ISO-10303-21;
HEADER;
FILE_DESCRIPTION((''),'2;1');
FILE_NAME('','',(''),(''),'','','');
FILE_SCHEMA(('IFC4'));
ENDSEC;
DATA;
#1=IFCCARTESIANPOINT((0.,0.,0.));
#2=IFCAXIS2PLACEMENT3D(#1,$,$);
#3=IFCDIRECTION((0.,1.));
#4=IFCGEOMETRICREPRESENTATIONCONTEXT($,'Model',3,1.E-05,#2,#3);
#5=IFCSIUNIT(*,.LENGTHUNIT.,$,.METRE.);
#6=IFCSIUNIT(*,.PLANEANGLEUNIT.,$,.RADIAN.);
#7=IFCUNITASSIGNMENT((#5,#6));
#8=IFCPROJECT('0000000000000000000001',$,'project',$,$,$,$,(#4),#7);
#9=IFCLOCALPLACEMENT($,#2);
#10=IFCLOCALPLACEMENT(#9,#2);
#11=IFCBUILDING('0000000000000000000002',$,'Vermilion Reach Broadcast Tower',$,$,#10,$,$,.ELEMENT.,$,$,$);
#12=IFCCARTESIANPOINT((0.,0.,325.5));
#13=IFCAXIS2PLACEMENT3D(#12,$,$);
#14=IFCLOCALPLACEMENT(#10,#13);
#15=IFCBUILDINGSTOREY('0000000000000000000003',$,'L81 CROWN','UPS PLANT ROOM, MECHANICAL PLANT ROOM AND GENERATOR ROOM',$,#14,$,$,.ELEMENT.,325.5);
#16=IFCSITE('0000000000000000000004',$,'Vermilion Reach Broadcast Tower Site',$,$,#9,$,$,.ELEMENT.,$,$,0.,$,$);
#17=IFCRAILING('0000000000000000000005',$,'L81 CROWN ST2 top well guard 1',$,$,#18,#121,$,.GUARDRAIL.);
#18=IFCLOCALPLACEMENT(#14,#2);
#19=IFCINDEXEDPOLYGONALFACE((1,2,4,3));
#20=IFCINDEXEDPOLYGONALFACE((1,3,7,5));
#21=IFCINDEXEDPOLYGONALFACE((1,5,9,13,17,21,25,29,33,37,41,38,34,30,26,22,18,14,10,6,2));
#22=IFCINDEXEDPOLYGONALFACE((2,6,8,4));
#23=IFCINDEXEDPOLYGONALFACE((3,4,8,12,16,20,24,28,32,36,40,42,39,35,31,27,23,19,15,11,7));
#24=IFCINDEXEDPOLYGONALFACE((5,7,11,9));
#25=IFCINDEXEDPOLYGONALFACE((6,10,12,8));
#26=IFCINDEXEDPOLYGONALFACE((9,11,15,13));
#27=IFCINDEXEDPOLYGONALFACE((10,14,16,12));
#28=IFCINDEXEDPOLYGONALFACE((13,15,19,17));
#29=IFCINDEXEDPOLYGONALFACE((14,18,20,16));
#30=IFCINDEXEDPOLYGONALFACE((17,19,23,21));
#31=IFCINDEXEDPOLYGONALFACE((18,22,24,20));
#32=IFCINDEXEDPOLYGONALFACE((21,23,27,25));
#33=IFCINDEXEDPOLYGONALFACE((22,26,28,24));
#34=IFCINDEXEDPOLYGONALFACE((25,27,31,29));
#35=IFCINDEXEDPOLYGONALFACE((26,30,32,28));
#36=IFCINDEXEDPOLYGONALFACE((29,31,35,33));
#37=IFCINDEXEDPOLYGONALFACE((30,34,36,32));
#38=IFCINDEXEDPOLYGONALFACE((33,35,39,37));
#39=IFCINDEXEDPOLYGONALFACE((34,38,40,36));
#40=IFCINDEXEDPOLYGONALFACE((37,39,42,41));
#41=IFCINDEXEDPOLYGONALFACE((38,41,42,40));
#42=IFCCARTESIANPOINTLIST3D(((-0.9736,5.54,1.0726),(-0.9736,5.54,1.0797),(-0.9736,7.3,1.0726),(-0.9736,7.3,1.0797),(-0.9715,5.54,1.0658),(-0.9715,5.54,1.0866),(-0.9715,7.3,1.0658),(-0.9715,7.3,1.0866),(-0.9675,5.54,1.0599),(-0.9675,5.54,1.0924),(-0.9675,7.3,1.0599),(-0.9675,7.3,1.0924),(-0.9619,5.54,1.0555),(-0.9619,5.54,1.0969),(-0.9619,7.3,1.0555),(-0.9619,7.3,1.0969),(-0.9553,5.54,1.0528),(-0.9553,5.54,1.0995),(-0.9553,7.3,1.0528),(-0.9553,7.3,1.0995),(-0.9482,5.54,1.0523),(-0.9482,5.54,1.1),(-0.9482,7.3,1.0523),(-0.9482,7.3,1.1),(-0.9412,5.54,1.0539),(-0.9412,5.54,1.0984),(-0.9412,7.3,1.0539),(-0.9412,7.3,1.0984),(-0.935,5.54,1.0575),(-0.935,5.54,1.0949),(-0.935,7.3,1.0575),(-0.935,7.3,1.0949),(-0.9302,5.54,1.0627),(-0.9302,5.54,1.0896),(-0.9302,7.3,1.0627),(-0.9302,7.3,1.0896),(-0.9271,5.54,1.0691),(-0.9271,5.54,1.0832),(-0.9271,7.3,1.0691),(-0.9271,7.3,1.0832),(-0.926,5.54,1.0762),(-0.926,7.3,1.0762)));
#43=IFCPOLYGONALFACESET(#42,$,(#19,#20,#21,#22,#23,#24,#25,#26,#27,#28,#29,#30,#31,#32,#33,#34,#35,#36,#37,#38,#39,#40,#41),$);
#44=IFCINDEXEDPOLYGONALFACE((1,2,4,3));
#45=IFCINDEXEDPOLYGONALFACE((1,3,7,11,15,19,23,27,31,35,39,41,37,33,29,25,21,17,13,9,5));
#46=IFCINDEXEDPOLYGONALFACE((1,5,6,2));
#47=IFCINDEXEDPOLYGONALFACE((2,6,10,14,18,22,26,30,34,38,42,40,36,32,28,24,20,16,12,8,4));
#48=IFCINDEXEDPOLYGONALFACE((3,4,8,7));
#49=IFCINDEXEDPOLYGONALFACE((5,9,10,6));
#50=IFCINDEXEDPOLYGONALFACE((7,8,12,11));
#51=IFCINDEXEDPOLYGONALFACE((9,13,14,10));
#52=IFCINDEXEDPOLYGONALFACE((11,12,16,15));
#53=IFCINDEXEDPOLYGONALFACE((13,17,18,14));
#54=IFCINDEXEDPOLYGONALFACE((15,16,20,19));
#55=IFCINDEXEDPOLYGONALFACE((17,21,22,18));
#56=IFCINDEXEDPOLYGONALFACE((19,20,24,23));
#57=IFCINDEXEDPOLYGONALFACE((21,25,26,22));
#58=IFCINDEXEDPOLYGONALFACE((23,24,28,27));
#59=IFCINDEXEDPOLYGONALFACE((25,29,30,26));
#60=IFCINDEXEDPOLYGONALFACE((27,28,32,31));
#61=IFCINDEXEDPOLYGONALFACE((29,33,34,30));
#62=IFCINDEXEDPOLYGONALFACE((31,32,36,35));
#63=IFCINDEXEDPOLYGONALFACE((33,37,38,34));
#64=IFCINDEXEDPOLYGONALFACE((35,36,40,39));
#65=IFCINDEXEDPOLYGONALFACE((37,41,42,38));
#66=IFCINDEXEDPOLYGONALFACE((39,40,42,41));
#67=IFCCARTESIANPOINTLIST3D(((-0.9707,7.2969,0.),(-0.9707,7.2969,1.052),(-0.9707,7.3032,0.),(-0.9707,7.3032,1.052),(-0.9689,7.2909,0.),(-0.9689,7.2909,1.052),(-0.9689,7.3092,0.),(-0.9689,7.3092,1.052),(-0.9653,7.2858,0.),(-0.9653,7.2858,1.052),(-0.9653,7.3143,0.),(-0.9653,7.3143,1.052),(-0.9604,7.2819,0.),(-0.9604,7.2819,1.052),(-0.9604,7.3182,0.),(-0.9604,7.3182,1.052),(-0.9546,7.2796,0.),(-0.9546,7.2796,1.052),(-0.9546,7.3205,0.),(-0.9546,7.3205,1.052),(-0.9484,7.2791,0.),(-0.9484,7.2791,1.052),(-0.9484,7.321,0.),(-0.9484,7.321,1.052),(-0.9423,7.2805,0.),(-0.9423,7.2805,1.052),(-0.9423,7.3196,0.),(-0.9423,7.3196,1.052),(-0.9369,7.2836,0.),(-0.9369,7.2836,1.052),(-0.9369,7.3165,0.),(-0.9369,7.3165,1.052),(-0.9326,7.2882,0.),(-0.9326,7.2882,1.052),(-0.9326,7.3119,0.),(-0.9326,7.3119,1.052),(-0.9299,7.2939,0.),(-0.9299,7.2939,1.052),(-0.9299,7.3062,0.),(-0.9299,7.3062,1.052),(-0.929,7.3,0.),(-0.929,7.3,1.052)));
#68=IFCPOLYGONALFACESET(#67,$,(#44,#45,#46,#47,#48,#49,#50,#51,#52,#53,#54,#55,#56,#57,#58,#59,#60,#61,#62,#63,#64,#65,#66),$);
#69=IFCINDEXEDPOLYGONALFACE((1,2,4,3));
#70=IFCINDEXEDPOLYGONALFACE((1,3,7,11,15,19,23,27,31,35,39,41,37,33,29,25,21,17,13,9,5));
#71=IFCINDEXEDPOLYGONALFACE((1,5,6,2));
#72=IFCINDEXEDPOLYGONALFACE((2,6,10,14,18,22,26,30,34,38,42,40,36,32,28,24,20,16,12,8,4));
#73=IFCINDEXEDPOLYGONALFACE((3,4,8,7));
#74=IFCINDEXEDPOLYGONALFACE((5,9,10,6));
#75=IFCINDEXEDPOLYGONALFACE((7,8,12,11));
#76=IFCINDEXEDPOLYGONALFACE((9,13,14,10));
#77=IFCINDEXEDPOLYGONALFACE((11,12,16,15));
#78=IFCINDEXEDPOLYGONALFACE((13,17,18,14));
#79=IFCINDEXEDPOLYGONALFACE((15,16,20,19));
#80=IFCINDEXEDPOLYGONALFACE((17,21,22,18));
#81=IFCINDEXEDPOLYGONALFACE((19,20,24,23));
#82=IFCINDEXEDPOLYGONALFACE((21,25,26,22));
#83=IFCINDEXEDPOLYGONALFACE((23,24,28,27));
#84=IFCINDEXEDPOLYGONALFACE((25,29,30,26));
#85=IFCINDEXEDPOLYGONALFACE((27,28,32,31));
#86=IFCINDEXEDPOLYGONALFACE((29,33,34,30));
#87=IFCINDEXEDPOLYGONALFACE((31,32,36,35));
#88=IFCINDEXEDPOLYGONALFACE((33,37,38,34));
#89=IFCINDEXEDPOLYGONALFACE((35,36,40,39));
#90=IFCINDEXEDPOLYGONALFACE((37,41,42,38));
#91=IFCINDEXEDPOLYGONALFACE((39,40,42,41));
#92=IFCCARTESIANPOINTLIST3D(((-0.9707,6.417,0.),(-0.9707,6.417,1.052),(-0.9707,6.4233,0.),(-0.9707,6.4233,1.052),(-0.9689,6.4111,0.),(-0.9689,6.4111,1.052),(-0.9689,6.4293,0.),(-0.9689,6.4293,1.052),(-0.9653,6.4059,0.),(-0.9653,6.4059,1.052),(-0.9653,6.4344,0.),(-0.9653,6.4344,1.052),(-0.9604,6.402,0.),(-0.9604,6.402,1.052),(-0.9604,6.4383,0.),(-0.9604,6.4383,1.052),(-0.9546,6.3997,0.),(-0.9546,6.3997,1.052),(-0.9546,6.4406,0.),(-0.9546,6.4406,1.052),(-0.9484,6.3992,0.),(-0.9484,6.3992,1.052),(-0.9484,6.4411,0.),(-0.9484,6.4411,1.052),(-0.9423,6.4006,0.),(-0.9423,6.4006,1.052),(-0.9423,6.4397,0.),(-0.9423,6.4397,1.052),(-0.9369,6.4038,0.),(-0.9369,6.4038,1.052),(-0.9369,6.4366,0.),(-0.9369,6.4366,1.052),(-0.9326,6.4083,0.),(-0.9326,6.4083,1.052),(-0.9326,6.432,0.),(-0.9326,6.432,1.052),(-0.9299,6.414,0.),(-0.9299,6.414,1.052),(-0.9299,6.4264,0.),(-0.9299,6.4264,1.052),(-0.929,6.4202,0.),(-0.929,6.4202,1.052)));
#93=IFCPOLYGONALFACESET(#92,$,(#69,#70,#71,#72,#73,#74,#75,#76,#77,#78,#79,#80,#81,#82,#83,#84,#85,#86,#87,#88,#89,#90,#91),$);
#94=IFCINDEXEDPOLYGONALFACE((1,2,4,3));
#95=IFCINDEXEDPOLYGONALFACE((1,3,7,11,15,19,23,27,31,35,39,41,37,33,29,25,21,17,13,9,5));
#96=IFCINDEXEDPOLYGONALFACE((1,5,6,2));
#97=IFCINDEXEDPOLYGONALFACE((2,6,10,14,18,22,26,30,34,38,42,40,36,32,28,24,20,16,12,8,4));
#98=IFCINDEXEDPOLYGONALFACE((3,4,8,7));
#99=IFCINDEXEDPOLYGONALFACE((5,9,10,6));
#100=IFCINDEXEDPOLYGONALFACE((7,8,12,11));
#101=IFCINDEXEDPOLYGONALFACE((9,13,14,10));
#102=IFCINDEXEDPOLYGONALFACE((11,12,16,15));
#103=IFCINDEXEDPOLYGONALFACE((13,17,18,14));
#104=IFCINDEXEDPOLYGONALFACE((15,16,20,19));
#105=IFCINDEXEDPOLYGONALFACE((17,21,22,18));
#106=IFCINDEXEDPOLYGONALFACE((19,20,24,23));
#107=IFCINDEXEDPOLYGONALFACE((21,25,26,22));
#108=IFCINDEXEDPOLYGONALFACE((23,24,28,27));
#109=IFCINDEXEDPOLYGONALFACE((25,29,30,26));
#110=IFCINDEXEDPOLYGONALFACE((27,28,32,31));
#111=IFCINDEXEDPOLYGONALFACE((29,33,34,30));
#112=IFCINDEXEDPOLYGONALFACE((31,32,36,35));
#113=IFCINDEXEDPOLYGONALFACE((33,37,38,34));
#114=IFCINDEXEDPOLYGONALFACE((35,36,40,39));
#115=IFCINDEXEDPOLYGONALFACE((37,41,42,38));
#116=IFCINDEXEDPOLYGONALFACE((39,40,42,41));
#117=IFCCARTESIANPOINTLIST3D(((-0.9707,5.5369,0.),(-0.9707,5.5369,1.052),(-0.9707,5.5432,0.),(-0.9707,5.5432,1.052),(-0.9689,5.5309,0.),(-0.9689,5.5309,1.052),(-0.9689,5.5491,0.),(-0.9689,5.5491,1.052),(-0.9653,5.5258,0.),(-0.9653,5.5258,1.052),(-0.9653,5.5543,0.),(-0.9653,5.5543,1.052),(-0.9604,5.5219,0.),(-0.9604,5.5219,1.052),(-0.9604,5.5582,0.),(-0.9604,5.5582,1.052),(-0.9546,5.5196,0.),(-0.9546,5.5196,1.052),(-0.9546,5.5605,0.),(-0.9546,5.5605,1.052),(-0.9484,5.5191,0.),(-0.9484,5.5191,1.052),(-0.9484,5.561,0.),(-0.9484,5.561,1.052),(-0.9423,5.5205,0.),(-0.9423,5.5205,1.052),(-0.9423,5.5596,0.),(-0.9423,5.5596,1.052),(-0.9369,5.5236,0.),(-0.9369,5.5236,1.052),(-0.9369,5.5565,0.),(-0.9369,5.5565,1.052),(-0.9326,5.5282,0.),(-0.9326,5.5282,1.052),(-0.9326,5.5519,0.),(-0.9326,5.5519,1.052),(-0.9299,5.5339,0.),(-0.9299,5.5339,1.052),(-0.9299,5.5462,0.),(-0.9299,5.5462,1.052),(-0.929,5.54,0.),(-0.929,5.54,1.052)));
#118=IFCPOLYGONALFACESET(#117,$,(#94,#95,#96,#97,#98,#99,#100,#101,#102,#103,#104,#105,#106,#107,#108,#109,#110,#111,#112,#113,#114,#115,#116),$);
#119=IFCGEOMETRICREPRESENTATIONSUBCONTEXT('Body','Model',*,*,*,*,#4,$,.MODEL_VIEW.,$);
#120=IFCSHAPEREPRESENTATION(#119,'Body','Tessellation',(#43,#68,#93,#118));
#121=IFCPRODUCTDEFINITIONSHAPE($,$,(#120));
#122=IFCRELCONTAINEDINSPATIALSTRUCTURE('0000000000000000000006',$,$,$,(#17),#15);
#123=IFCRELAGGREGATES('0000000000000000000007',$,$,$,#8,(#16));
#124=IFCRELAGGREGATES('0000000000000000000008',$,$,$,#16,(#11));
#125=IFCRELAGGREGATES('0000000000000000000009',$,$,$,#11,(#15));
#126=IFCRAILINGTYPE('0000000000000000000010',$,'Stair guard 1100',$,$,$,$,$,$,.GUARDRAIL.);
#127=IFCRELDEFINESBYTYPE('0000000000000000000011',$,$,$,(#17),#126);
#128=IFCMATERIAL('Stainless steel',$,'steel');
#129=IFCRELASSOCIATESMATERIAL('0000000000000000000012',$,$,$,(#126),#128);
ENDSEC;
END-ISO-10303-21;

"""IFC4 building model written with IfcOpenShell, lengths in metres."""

from ifc_helpers import new_model, si_unit, direction, frame, origin, origin_2d, place, context, subcontext, project, spatial, circle, extrude, material, type_object, element, save


model = new_model("IFC4")

# Units and contexts
model_context = context("Model", 3, precision=1e-05, world=origin(), true_north=direction((0.0, 1.0)))
body_context = subcontext(model_context, "Body", "Model", "MODEL_VIEW")
ifc_project = project(units=[si_unit("LENGTHUNIT", "METRE"), si_unit("PLANEANGLEUNIT", "RADIAN")], contexts=[model_context])

# Site, building, storey
site_placement = place(None, origin())
site = spatial("IfcSite", under=ifc_project, at=site_placement, Name="Vermilion Reach Broadcast Tower Site", CompositionType="ELEMENT", RefElevation=0.0)
building_placement = place(site_placement, origin())
building = spatial("IfcBuilding", under=site, at=building_placement, Name="Vermilion Reach Broadcast Tower", CompositionType="ELEMENT")
storey_placement = place(building_placement, frame((0.0, 0.0, 325.5)))
storey = spatial("IfcBuildingStorey", under=building, at=storey_placement, Name="L81 CROWN", Description="UPS PLANT ROOM, MECHANICAL PLANT ROOM AND GENERATOR ROOM", CompositionType="ELEMENT", Elevation=325.5)

# Railing
ifc_material_1 = material(Name="Stainless steel", Category="steel")
railing_type_1 = type_object("IfcRailingType", Name="Stair guard 1100", PredefinedType="GUARDRAIL", material=ifc_material_1)
railing_placement = place(storey_placement, frame((-0.95, 7.3, 0.0)))
element("IfcRailing", 1, at=railing_placement, inside=storey, type_object=railing_type_1, Name="L81 CROWN ST2 top well guard 1", PredefinedType="GUARDRAIL", context=body_context, shape_type="SweptSolid", body=[
    extrude(circle(Radius=0.0239, at=origin_2d()), frame((0.0, 0.0, 1.0762), z_axis=(0.0, -1.0, 0.0), x_axis=(1.0, 0.0, 0.0)), (0.0, 0.0, 1.0), 1.76),
    extrude(circle(Radius=0.021, at=origin_2d()), origin(), (0.0, 0.0, 1.0), 1.052),
    extrude(circle(Radius=0.021, at=origin_2d()), frame((0.0, -0.8799, 0.0)), (0.0, 0.0, 1.0), 1.052),
    extrude(circle(Radius=0.021, at=origin_2d()), frame((0.0, -1.76, 0.0)), (0.0, 0.0, 1.0), 1.052),
])

save(model, "model.ifc")
